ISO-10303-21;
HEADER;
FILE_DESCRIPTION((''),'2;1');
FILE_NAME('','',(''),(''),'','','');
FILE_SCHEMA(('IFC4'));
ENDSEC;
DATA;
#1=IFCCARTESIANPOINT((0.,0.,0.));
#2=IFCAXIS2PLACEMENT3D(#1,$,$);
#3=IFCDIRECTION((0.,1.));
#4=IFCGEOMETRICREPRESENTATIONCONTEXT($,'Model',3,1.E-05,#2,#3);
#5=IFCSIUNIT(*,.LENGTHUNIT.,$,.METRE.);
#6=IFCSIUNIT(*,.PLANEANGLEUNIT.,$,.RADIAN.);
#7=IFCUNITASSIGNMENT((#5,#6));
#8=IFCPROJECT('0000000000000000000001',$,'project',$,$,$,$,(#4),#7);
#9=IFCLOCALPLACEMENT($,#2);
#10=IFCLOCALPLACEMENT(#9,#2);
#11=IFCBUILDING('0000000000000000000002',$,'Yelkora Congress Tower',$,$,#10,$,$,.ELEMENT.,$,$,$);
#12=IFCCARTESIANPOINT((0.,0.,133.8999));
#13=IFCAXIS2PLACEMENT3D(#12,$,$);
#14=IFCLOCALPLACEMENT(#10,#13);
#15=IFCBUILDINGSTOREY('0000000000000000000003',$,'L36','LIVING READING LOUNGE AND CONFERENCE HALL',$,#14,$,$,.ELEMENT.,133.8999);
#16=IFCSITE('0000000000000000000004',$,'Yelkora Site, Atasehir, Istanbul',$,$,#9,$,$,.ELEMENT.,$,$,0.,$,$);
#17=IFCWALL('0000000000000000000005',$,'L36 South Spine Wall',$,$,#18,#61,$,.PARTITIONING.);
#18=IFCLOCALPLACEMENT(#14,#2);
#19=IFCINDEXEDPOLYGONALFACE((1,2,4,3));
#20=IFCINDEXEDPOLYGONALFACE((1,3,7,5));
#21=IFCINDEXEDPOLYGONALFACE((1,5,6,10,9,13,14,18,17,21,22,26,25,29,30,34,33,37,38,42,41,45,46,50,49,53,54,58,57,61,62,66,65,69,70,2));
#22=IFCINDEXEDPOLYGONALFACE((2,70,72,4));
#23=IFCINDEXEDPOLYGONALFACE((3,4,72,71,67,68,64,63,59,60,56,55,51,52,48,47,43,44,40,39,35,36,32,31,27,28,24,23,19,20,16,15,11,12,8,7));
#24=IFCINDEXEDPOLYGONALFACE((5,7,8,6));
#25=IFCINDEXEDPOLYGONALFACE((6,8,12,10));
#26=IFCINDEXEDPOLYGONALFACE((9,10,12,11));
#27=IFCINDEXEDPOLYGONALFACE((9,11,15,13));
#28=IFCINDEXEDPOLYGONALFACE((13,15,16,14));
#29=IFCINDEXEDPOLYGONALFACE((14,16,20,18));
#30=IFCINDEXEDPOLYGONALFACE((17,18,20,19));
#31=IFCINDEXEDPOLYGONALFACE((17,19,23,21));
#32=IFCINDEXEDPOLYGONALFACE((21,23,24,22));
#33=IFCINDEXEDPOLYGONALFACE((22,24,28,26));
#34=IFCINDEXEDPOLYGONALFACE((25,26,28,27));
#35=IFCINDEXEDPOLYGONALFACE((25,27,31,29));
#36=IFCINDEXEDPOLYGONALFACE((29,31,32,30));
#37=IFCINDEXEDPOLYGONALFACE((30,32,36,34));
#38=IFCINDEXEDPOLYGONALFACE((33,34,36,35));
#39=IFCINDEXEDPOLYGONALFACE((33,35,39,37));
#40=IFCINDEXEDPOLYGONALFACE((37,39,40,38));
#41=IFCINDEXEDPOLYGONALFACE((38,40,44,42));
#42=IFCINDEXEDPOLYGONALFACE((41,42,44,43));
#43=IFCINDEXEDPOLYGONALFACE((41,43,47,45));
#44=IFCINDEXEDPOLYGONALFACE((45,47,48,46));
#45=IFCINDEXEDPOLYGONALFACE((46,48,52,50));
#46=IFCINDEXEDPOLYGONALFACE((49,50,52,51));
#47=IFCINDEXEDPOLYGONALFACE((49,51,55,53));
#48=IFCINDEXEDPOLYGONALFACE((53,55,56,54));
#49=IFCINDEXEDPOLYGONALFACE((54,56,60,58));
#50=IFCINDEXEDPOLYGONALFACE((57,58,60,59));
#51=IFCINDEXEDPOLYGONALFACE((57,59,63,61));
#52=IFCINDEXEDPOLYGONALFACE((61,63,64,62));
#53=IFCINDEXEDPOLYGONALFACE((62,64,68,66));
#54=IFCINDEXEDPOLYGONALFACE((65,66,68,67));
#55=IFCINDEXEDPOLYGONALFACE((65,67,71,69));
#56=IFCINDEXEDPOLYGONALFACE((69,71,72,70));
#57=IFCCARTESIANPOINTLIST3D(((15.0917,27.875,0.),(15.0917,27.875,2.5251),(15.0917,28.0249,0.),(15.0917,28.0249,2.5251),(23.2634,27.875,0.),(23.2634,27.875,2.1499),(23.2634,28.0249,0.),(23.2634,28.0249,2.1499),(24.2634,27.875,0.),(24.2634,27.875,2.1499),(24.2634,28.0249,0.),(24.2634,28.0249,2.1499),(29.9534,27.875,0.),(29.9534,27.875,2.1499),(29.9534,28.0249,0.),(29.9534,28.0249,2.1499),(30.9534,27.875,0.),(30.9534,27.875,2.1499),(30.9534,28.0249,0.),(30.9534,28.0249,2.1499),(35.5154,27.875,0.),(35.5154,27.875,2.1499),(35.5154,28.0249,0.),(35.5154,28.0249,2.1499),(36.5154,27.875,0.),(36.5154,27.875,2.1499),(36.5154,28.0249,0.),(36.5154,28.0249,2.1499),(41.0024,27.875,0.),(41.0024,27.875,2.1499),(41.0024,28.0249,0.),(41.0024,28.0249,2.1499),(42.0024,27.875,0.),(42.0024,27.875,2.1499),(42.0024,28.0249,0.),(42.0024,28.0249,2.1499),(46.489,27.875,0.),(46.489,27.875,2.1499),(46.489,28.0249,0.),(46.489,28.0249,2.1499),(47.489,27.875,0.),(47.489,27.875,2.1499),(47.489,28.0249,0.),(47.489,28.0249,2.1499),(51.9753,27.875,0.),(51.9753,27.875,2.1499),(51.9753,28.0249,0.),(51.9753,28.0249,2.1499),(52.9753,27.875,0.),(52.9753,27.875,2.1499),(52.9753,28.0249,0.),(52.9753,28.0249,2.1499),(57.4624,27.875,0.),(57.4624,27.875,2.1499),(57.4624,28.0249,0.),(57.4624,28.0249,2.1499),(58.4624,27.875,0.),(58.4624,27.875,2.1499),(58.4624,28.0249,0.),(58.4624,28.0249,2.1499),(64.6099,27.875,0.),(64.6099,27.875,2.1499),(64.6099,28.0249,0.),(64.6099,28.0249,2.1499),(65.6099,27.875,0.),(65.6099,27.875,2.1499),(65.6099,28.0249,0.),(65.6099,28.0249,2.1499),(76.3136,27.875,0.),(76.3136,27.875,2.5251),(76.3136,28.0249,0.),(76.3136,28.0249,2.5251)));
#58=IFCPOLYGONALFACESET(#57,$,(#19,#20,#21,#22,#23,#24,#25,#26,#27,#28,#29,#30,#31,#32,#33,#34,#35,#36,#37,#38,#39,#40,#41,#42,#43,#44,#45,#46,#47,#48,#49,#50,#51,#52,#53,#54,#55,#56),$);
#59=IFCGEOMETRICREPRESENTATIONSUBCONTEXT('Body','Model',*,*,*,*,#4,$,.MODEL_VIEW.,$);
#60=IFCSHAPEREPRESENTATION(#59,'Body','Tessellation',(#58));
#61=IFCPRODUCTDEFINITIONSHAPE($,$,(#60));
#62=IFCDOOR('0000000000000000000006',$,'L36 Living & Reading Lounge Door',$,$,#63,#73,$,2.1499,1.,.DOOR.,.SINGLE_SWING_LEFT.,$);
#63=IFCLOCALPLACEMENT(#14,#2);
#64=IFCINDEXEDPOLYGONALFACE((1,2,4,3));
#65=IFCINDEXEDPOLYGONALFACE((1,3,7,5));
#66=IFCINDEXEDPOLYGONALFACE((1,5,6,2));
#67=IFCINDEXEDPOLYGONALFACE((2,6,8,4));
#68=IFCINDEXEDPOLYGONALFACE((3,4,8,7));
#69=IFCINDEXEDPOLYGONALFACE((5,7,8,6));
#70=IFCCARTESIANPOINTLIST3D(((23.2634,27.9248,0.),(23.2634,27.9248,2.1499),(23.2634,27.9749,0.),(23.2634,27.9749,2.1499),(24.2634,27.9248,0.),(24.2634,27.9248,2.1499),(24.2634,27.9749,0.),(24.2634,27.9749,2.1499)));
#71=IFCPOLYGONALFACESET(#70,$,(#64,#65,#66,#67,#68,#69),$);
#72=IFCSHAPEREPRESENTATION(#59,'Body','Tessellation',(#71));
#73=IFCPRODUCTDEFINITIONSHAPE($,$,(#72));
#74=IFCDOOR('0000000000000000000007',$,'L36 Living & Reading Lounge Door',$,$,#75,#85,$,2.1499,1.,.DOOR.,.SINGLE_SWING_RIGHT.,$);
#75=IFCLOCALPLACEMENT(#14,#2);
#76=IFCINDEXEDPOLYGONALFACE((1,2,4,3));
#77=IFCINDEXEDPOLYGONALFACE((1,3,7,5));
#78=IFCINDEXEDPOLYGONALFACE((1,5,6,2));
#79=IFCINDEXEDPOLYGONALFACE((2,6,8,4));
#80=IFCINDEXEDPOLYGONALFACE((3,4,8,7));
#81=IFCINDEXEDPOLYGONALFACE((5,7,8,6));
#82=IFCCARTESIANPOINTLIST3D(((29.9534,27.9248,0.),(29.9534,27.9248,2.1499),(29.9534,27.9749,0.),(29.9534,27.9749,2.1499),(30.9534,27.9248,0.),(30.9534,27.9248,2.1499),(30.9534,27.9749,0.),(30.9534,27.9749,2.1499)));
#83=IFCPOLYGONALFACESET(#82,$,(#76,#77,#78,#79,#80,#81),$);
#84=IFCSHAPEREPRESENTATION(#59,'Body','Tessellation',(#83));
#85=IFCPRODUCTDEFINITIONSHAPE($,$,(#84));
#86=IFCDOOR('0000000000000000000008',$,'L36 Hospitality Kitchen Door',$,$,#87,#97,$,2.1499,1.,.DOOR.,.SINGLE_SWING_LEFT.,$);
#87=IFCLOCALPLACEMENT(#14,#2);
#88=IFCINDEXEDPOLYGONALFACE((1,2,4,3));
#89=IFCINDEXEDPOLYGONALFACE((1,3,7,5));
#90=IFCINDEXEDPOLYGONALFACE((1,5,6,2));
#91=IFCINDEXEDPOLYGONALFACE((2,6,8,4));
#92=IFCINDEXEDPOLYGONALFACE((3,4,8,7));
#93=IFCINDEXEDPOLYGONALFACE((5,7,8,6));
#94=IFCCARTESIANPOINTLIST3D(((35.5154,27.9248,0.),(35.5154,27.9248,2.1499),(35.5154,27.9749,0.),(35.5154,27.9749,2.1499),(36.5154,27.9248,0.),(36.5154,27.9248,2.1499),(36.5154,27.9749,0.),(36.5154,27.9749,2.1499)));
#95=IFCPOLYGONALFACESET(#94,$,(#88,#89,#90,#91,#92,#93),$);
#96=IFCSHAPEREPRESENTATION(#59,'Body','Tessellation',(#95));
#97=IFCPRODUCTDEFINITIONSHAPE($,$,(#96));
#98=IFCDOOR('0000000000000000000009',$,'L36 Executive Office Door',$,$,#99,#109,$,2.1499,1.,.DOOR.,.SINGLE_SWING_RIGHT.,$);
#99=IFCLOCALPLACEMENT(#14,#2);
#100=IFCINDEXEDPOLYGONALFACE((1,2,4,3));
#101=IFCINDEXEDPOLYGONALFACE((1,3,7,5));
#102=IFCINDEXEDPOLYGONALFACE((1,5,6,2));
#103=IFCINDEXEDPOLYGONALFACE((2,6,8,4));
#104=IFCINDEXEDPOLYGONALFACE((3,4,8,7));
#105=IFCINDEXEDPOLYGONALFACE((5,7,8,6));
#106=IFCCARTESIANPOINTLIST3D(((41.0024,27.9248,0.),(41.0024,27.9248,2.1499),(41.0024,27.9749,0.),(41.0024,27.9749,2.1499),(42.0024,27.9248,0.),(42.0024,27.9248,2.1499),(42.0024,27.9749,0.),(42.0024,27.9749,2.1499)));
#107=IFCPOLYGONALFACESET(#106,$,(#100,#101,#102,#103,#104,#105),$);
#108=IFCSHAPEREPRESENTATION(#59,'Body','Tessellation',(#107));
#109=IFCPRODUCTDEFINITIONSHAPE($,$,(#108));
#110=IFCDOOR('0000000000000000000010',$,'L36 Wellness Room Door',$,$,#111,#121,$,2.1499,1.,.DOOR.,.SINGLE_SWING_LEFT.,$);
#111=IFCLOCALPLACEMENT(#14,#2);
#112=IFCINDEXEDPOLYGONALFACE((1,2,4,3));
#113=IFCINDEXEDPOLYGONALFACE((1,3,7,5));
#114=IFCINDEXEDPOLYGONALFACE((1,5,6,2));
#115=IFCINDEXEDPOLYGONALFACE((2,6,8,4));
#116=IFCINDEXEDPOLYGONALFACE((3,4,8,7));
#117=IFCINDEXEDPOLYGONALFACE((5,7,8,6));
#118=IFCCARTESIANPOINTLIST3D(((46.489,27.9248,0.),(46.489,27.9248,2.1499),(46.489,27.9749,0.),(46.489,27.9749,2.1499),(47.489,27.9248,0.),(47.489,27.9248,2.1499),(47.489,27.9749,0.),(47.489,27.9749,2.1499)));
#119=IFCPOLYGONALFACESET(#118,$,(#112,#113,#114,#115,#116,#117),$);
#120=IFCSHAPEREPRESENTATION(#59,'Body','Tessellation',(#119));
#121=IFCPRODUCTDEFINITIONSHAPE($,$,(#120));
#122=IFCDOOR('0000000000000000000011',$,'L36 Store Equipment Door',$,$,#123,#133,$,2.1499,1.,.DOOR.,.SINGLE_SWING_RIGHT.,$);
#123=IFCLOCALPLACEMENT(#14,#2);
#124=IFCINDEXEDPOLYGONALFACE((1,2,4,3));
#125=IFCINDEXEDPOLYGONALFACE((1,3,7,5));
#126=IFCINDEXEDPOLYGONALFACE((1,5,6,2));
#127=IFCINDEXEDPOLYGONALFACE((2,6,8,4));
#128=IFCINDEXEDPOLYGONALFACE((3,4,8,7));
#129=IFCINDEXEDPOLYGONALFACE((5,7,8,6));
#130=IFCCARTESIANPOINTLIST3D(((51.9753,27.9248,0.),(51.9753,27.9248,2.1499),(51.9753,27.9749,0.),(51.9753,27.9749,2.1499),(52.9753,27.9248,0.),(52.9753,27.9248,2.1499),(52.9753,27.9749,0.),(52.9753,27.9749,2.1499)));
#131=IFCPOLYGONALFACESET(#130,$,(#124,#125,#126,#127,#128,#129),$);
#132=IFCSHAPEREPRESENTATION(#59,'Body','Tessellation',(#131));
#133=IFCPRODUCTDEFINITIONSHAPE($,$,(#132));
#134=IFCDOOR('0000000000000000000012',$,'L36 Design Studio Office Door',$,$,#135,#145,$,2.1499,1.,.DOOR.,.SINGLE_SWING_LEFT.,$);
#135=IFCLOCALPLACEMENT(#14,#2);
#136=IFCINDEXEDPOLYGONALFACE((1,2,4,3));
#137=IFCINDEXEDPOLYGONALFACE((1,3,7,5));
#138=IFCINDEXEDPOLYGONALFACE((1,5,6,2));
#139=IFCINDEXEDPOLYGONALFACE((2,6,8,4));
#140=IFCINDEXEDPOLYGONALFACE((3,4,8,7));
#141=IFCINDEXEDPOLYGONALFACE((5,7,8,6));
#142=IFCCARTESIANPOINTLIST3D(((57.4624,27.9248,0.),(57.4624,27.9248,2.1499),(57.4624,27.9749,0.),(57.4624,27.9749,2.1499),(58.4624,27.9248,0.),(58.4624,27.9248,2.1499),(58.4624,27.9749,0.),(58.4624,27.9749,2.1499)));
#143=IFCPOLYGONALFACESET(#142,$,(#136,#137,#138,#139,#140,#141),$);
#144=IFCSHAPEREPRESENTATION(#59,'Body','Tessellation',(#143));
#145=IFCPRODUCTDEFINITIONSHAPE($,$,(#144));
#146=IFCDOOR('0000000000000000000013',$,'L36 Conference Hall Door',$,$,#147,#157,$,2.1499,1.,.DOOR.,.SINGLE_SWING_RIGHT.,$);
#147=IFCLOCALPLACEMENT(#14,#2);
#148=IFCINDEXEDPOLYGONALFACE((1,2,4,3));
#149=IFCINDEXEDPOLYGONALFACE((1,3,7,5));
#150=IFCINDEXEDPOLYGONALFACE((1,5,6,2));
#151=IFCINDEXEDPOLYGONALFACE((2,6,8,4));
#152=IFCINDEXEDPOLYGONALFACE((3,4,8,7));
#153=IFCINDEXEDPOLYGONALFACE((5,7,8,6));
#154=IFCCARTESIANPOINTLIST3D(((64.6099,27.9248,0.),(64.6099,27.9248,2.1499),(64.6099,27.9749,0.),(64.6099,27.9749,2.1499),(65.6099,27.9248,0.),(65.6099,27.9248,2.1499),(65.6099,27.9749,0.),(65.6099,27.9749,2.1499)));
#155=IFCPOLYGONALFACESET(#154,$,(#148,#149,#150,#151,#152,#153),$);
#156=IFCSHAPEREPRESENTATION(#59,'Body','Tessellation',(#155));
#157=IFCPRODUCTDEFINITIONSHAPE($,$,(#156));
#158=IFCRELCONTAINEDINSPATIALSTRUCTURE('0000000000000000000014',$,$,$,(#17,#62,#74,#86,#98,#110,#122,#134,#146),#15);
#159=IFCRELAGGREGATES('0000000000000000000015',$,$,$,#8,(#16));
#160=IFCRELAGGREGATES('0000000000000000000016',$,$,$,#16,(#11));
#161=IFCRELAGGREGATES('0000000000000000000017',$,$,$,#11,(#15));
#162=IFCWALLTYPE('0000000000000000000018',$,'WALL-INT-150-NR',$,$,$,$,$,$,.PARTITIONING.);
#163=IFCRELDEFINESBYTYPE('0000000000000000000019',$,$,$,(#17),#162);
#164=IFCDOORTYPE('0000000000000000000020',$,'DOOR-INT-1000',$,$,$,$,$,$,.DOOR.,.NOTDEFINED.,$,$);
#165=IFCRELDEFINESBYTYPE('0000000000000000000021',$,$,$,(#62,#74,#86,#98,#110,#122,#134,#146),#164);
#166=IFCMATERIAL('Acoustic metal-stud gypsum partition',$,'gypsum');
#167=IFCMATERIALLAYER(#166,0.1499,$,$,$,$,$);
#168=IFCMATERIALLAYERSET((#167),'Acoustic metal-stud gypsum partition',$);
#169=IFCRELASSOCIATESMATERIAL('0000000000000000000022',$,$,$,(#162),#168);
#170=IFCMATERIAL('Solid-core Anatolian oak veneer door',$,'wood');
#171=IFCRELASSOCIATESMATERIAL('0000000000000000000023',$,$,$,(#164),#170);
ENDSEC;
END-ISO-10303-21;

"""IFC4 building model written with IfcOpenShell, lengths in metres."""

from ifc_helpers import new_model, si_unit, direction, frame, frame_2d, origin, place, context, subcontext, project, spatial, rectangle, extrude, material, layer, layer_set, type_object, element, fill, save


model = new_model("IFC4")

# Units and contexts
model_context = context("Model", 3, precision=1e-05, world=origin(), true_north=direction((0.0, 1.0)))
body_context = subcontext(model_context, "Body", "Model", "MODEL_VIEW")
ifc_project = project(units=[si_unit("LENGTHUNIT", "METRE"), si_unit("PLANEANGLEUNIT", "RADIAN")], contexts=[model_context])

# Site, building, storey
site_placement = place(None, origin())
site = spatial("IfcSite", under=ifc_project, at=site_placement, Name="Yelkora Site, Atasehir, Istanbul", CompositionType="ELEMENT", RefElevation=0.0)
building_placement = place(site_placement, origin())
building = spatial("IfcBuilding", under=site, at=building_placement, Name="Yelkora Congress Tower", CompositionType="ELEMENT")
storey_placement = place(building_placement, frame((0.0, 0.0, 133.8999)))
storey = spatial("IfcBuildingStorey", under=building, at=storey_placement, Name="L36", Description="LIVING READING LOUNGE AND CONFERENCE HALL", CompositionType="ELEMENT", Elevation=133.8999)

# Wall, openings, doors
ifc_material_1 = material(Name="Acoustic metal-stud gypsum partition", Category="gypsum")
ifc_layer_1 = layer(ifc_material_1, 0.1499)
ifc_layer_set_1 = layer_set([ifc_layer_1], Name="Acoustic metal-stud gypsum partition")
wall_type = type_object("IfcWallType", Name="WALL-INT-150-NR", PredefinedType="PARTITIONING", material=ifc_layer_set_1)
wall_placement = place(storey_placement, frame((15.0918, 27.95, 0.0), z_axis=(0.0, 0.0, 1.0), x_axis=(1.0, 0.0, 0.0)))
wall = element("IfcWall", 1, at=wall_placement, inside=storey, type_object=wall_type, Name="L36 South Spine Wall", PredefinedType="PARTITIONING", context=body_context, shape_type="SweptSolid", body=[
    extrude(rectangle(XDim=61.2219, YDim=0.1499, at=frame_2d((30.6108, 0.0))), origin(), (0.0, 0.0, 1.0), 2.5251),
])
opening_1_placement = place(wall_placement, frame((8.1716, 0.0, 0.0)))
opening_1 = element("IfcOpeningElement", 2, at=opening_1_placement, cuts=wall, PredefinedType="OPENING", context=body_context, shape_type="SweptSolid", body=[
    extrude(rectangle(XDim=1.0, YDim=2.1499, at=frame_2d((0.5, 1.075))), frame((0.0, 0.085, 0.0), z_axis=(0.0, -1.0, 0.0), x_axis=(1.0, 0.0, 0.0)), (0.0, 0.0, 1.0), 0.1699),
])
opening_2_placement = place(wall_placement, frame((14.8616, 0.0, 0.0)))
opening_2 = element("IfcOpeningElement", 3, at=opening_2_placement, cuts=wall, PredefinedType="OPENING", context=body_context, shape_type="SweptSolid", body=[
    extrude(rectangle(XDim=1.0, YDim=2.1499, at=frame_2d((0.5, 1.075))), frame((0.0, 0.085, 0.0), z_axis=(0.0, -1.0, 0.0), x_axis=(1.0, 0.0, 0.0)), (0.0, 0.0, 1.0), 0.1699),
])
opening_3_placement = place(wall_placement, frame((20.4236, 0.0, 0.0)))
opening_3 = element("IfcOpeningElement", 4, at=opening_3_placement, cuts=wall, PredefinedType="OPENING", context=body_context, shape_type="SweptSolid", body=[
    extrude(rectangle(XDim=1.0, YDim=2.1499, at=frame_2d((0.5, 1.075))), frame((0.0, 0.085, 0.0), z_axis=(0.0, -1.0, 0.0), x_axis=(1.0, 0.0, 0.0)), (0.0, 0.0, 1.0), 0.1699),
])
opening_4_placement = place(wall_placement, frame((25.9106, 0.0, 0.0)))
opening_4 = element("IfcOpeningElement", 5, at=opening_4_placement, cuts=wall, PredefinedType="OPENING", context=body_context, shape_type="SweptSolid", body=[
    extrude(rectangle(XDim=1.0, YDim=2.1499, at=frame_2d((0.5, 1.075))), frame((0.0, 0.085, 0.0), z_axis=(0.0, -1.0, 0.0), x_axis=(1.0, 0.0, 0.0)), (0.0, 0.0, 1.0), 0.1699),
])
opening_5_placement = place(wall_placement, frame((31.3972, 0.0, 0.0)))
opening_5 = element("IfcOpeningElement", 6, at=opening_5_placement, cuts=wall, PredefinedType="OPENING", context=body_context, shape_type="SweptSolid", body=[
    extrude(rectangle(XDim=1.0, YDim=2.1499, at=frame_2d((0.5, 1.075))), frame((0.0, 0.085, 0.0), z_axis=(0.0, -1.0, 0.0), x_axis=(1.0, 0.0, 0.0)), (0.0, 0.0, 1.0), 0.1699),
])
opening_6_placement = place(wall_placement, frame((36.8835, 0.0, 0.0)))
opening_6 = element("IfcOpeningElement", 7, at=opening_6_placement, cuts=wall, PredefinedType="OPENING", context=body_context, shape_type="SweptSolid", body=[
    extrude(rectangle(XDim=1.0, YDim=2.1499, at=frame_2d((0.5, 1.075))), frame((0.0, 0.085, 0.0), z_axis=(0.0, -1.0, 0.0), x_axis=(1.0, 0.0, 0.0)), (0.0, 0.0, 1.0), 0.1699),
])
opening_7_placement = place(wall_placement, frame((42.3706, 0.0, 0.0)))
opening_7 = element("IfcOpeningElement", 8, at=opening_7_placement, cuts=wall, PredefinedType="OPENING", context=body_context, shape_type="SweptSolid", body=[
    extrude(rectangle(XDim=1.0, YDim=2.1499, at=frame_2d((0.5, 1.075))), frame((0.0, 0.085, 0.0), z_axis=(0.0, -1.0, 0.0), x_axis=(1.0, 0.0, 0.0)), (0.0, 0.0, 1.0), 0.1699),
])
opening_8_placement = place(wall_placement, frame((49.5181, 0.0, 0.0)))
opening_8 = element("IfcOpeningElement", 9, at=opening_8_placement, cuts=wall, PredefinedType="OPENING", context=body_context, shape_type="SweptSolid", body=[
    extrude(rectangle(XDim=1.0, YDim=2.1499, at=frame_2d((0.5, 1.075))), frame((0.0, 0.085, 0.0), z_axis=(0.0, -1.0, 0.0), x_axis=(1.0, 0.0, 0.0)), (0.0, 0.0, 1.0), 0.1699),
])
ifc_material_2 = material(Name="Solid-core Anatolian oak veneer door", Category="wood")
door_type = type_object("IfcDoorType", Name="DOOR-INT-1000", OperationType="NOTDEFINED", PredefinedType="DOOR", material=ifc_material_2)
door_1_placement = place(opening_1_placement, origin())
door_1 = element("IfcDoor", 10, at=door_1_placement, inside=storey, type_object=door_type, Name="L36 Living & Reading Lounge Door", OperationType="SINGLE_SWING_LEFT", OverallHeight=2.1499, OverallWidth=1.0, PredefinedType="DOOR", context=body_context, shape_type="SweptSolid", body=[
    extrude(rectangle(XDim=1.0, YDim=2.1499, at=frame_2d((0.5, 1.075))), frame((0.0, 0.0249, 0.0), z_axis=(0.0, -1.0, 0.0), x_axis=(1.0, 0.0, 0.0)), (0.0, 0.0, 1.0), 0.05),
])
fill(opening_1, door_1)
door_2_placement = place(opening_2_placement, origin())
door_2 = element("IfcDoor", 11, at=door_2_placement, inside=storey, type_object=door_type, Name="L36 Living & Reading Lounge Door", OperationType="SINGLE_SWING_RIGHT", OverallHeight=2.1499, OverallWidth=1.0, PredefinedType="DOOR", context=body_context, shape_type="SweptSolid", body=[
    extrude(rectangle(XDim=1.0, YDim=2.1499, at=frame_2d((0.5, 1.075))), frame((0.0, 0.0249, 0.0), z_axis=(0.0, -1.0, 0.0), x_axis=(1.0, 0.0, 0.0)), (0.0, 0.0, 1.0), 0.05),
])
fill(opening_2, door_2)
door_3_placement = place(opening_3_placement, origin())
door_3 = element("IfcDoor", 12, at=door_3_placement, inside=storey, type_object=door_type, Name="L36 Hospitality Kitchen Door", OperationType="SINGLE_SWING_LEFT", OverallHeight=2.1499, OverallWidth=1.0, PredefinedType="DOOR", context=body_context, shape_type="SweptSolid", body=[
    extrude(rectangle(XDim=1.0, YDim=2.1499, at=frame_2d((0.5, 1.075))), frame((0.0, 0.0249, 0.0), z_axis=(0.0, -1.0, 0.0), x_axis=(1.0, 0.0, 0.0)), (0.0, 0.0, 1.0), 0.05),
])
fill(opening_3, door_3)
door_4_placement = place(opening_4_placement, origin())
door_4 = element("IfcDoor", 13, at=door_4_placement, inside=storey, type_object=door_type, Name="L36 Executive Office Door", OperationType="SINGLE_SWING_RIGHT", OverallHeight=2.1499, OverallWidth=1.0, PredefinedType="DOOR", context=body_context, shape_type="SweptSolid", body=[
    extrude(rectangle(XDim=1.0, YDim=2.1499, at=frame_2d((0.5, 1.075))), frame((0.0, 0.0249, 0.0), z_axis=(0.0, -1.0, 0.0), x_axis=(1.0, 0.0, 0.0)), (0.0, 0.0, 1.0), 0.05),
])
fill(opening_4, door_4)
door_5_placement = place(opening_5_placement, origin())
door_5 = element("IfcDoor", 14, at=door_5_placement, inside=storey, type_object=door_type, Name="L36 Wellness Room Door", OperationType="SINGLE_SWING_LEFT", OverallHeight=2.1499, OverallWidth=1.0, PredefinedType="DOOR", context=body_context, shape_type="SweptSolid", body=[
    extrude(rectangle(XDim=1.0, YDim=2.1499, at=frame_2d((0.5, 1.075))), frame((0.0, 0.0249, 0.0), z_axis=(0.0, -1.0, 0.0), x_axis=(1.0, 0.0, 0.0)), (0.0, 0.0, 1.0), 0.05),
])
fill(opening_5, door_5)
door_6_placement = place(opening_6_placement, origin())
door_6 = element("IfcDoor", 15, at=door_6_placement, inside=storey, type_object=door_type, Name="L36 Store Equipment Door", OperationType="SINGLE_SWING_RIGHT", OverallHeight=2.1499, OverallWidth=1.0, PredefinedType="DOOR", context=body_context, shape_type="SweptSolid", body=[
    extrude(rectangle(XDim=1.0, YDim=2.1499, at=frame_2d((0.5, 1.075))), frame((0.0, 0.0249, 0.0), z_axis=(0.0, -1.0, 0.0), x_axis=(1.0, 0.0, 0.0)), (0.0, 0.0, 1.0), 0.05),
])
fill(opening_6, door_6)
door_7_placement = place(opening_7_placement, origin())
door_7 = element("IfcDoor", 16, at=door_7_placement, inside=storey, type_object=door_type, Name="L36 Design Studio Office Door", OperationType="SINGLE_SWING_LEFT", OverallHeight=2.1499, OverallWidth=1.0, PredefinedType="DOOR", context=body_context, shape_type="SweptSolid", body=[
    extrude(rectangle(XDim=1.0, YDim=2.1499, at=frame_2d((0.5, 1.075))), frame((0.0, 0.0249, 0.0), z_axis=(0.0, -1.0, 0.0), x_axis=(1.0, 0.0, 0.0)), (0.0, 0.0, 1.0), 0.05),
])
fill(opening_7, door_7)
door_8_placement = place(opening_8_placement, origin())
door_8 = element("IfcDoor", 17, at=door_8_placement, inside=storey, type_object=door_type, Name="L36 Conference Hall Door", OperationType="SINGLE_SWING_RIGHT", OverallHeight=2.1499, OverallWidth=1.0, PredefinedType="DOOR", context=body_context, shape_type="SweptSolid", body=[
    extrude(rectangle(XDim=1.0, YDim=2.1499, at=frame_2d((0.5, 1.075))), frame((0.0, 0.0249, 0.0), z_axis=(0.0, -1.0, 0.0), x_axis=(1.0, 0.0, 0.0)), (0.0, 0.0, 1.0), 0.05),
])
fill(opening_8, door_8)

save(model, "model.ifc")
